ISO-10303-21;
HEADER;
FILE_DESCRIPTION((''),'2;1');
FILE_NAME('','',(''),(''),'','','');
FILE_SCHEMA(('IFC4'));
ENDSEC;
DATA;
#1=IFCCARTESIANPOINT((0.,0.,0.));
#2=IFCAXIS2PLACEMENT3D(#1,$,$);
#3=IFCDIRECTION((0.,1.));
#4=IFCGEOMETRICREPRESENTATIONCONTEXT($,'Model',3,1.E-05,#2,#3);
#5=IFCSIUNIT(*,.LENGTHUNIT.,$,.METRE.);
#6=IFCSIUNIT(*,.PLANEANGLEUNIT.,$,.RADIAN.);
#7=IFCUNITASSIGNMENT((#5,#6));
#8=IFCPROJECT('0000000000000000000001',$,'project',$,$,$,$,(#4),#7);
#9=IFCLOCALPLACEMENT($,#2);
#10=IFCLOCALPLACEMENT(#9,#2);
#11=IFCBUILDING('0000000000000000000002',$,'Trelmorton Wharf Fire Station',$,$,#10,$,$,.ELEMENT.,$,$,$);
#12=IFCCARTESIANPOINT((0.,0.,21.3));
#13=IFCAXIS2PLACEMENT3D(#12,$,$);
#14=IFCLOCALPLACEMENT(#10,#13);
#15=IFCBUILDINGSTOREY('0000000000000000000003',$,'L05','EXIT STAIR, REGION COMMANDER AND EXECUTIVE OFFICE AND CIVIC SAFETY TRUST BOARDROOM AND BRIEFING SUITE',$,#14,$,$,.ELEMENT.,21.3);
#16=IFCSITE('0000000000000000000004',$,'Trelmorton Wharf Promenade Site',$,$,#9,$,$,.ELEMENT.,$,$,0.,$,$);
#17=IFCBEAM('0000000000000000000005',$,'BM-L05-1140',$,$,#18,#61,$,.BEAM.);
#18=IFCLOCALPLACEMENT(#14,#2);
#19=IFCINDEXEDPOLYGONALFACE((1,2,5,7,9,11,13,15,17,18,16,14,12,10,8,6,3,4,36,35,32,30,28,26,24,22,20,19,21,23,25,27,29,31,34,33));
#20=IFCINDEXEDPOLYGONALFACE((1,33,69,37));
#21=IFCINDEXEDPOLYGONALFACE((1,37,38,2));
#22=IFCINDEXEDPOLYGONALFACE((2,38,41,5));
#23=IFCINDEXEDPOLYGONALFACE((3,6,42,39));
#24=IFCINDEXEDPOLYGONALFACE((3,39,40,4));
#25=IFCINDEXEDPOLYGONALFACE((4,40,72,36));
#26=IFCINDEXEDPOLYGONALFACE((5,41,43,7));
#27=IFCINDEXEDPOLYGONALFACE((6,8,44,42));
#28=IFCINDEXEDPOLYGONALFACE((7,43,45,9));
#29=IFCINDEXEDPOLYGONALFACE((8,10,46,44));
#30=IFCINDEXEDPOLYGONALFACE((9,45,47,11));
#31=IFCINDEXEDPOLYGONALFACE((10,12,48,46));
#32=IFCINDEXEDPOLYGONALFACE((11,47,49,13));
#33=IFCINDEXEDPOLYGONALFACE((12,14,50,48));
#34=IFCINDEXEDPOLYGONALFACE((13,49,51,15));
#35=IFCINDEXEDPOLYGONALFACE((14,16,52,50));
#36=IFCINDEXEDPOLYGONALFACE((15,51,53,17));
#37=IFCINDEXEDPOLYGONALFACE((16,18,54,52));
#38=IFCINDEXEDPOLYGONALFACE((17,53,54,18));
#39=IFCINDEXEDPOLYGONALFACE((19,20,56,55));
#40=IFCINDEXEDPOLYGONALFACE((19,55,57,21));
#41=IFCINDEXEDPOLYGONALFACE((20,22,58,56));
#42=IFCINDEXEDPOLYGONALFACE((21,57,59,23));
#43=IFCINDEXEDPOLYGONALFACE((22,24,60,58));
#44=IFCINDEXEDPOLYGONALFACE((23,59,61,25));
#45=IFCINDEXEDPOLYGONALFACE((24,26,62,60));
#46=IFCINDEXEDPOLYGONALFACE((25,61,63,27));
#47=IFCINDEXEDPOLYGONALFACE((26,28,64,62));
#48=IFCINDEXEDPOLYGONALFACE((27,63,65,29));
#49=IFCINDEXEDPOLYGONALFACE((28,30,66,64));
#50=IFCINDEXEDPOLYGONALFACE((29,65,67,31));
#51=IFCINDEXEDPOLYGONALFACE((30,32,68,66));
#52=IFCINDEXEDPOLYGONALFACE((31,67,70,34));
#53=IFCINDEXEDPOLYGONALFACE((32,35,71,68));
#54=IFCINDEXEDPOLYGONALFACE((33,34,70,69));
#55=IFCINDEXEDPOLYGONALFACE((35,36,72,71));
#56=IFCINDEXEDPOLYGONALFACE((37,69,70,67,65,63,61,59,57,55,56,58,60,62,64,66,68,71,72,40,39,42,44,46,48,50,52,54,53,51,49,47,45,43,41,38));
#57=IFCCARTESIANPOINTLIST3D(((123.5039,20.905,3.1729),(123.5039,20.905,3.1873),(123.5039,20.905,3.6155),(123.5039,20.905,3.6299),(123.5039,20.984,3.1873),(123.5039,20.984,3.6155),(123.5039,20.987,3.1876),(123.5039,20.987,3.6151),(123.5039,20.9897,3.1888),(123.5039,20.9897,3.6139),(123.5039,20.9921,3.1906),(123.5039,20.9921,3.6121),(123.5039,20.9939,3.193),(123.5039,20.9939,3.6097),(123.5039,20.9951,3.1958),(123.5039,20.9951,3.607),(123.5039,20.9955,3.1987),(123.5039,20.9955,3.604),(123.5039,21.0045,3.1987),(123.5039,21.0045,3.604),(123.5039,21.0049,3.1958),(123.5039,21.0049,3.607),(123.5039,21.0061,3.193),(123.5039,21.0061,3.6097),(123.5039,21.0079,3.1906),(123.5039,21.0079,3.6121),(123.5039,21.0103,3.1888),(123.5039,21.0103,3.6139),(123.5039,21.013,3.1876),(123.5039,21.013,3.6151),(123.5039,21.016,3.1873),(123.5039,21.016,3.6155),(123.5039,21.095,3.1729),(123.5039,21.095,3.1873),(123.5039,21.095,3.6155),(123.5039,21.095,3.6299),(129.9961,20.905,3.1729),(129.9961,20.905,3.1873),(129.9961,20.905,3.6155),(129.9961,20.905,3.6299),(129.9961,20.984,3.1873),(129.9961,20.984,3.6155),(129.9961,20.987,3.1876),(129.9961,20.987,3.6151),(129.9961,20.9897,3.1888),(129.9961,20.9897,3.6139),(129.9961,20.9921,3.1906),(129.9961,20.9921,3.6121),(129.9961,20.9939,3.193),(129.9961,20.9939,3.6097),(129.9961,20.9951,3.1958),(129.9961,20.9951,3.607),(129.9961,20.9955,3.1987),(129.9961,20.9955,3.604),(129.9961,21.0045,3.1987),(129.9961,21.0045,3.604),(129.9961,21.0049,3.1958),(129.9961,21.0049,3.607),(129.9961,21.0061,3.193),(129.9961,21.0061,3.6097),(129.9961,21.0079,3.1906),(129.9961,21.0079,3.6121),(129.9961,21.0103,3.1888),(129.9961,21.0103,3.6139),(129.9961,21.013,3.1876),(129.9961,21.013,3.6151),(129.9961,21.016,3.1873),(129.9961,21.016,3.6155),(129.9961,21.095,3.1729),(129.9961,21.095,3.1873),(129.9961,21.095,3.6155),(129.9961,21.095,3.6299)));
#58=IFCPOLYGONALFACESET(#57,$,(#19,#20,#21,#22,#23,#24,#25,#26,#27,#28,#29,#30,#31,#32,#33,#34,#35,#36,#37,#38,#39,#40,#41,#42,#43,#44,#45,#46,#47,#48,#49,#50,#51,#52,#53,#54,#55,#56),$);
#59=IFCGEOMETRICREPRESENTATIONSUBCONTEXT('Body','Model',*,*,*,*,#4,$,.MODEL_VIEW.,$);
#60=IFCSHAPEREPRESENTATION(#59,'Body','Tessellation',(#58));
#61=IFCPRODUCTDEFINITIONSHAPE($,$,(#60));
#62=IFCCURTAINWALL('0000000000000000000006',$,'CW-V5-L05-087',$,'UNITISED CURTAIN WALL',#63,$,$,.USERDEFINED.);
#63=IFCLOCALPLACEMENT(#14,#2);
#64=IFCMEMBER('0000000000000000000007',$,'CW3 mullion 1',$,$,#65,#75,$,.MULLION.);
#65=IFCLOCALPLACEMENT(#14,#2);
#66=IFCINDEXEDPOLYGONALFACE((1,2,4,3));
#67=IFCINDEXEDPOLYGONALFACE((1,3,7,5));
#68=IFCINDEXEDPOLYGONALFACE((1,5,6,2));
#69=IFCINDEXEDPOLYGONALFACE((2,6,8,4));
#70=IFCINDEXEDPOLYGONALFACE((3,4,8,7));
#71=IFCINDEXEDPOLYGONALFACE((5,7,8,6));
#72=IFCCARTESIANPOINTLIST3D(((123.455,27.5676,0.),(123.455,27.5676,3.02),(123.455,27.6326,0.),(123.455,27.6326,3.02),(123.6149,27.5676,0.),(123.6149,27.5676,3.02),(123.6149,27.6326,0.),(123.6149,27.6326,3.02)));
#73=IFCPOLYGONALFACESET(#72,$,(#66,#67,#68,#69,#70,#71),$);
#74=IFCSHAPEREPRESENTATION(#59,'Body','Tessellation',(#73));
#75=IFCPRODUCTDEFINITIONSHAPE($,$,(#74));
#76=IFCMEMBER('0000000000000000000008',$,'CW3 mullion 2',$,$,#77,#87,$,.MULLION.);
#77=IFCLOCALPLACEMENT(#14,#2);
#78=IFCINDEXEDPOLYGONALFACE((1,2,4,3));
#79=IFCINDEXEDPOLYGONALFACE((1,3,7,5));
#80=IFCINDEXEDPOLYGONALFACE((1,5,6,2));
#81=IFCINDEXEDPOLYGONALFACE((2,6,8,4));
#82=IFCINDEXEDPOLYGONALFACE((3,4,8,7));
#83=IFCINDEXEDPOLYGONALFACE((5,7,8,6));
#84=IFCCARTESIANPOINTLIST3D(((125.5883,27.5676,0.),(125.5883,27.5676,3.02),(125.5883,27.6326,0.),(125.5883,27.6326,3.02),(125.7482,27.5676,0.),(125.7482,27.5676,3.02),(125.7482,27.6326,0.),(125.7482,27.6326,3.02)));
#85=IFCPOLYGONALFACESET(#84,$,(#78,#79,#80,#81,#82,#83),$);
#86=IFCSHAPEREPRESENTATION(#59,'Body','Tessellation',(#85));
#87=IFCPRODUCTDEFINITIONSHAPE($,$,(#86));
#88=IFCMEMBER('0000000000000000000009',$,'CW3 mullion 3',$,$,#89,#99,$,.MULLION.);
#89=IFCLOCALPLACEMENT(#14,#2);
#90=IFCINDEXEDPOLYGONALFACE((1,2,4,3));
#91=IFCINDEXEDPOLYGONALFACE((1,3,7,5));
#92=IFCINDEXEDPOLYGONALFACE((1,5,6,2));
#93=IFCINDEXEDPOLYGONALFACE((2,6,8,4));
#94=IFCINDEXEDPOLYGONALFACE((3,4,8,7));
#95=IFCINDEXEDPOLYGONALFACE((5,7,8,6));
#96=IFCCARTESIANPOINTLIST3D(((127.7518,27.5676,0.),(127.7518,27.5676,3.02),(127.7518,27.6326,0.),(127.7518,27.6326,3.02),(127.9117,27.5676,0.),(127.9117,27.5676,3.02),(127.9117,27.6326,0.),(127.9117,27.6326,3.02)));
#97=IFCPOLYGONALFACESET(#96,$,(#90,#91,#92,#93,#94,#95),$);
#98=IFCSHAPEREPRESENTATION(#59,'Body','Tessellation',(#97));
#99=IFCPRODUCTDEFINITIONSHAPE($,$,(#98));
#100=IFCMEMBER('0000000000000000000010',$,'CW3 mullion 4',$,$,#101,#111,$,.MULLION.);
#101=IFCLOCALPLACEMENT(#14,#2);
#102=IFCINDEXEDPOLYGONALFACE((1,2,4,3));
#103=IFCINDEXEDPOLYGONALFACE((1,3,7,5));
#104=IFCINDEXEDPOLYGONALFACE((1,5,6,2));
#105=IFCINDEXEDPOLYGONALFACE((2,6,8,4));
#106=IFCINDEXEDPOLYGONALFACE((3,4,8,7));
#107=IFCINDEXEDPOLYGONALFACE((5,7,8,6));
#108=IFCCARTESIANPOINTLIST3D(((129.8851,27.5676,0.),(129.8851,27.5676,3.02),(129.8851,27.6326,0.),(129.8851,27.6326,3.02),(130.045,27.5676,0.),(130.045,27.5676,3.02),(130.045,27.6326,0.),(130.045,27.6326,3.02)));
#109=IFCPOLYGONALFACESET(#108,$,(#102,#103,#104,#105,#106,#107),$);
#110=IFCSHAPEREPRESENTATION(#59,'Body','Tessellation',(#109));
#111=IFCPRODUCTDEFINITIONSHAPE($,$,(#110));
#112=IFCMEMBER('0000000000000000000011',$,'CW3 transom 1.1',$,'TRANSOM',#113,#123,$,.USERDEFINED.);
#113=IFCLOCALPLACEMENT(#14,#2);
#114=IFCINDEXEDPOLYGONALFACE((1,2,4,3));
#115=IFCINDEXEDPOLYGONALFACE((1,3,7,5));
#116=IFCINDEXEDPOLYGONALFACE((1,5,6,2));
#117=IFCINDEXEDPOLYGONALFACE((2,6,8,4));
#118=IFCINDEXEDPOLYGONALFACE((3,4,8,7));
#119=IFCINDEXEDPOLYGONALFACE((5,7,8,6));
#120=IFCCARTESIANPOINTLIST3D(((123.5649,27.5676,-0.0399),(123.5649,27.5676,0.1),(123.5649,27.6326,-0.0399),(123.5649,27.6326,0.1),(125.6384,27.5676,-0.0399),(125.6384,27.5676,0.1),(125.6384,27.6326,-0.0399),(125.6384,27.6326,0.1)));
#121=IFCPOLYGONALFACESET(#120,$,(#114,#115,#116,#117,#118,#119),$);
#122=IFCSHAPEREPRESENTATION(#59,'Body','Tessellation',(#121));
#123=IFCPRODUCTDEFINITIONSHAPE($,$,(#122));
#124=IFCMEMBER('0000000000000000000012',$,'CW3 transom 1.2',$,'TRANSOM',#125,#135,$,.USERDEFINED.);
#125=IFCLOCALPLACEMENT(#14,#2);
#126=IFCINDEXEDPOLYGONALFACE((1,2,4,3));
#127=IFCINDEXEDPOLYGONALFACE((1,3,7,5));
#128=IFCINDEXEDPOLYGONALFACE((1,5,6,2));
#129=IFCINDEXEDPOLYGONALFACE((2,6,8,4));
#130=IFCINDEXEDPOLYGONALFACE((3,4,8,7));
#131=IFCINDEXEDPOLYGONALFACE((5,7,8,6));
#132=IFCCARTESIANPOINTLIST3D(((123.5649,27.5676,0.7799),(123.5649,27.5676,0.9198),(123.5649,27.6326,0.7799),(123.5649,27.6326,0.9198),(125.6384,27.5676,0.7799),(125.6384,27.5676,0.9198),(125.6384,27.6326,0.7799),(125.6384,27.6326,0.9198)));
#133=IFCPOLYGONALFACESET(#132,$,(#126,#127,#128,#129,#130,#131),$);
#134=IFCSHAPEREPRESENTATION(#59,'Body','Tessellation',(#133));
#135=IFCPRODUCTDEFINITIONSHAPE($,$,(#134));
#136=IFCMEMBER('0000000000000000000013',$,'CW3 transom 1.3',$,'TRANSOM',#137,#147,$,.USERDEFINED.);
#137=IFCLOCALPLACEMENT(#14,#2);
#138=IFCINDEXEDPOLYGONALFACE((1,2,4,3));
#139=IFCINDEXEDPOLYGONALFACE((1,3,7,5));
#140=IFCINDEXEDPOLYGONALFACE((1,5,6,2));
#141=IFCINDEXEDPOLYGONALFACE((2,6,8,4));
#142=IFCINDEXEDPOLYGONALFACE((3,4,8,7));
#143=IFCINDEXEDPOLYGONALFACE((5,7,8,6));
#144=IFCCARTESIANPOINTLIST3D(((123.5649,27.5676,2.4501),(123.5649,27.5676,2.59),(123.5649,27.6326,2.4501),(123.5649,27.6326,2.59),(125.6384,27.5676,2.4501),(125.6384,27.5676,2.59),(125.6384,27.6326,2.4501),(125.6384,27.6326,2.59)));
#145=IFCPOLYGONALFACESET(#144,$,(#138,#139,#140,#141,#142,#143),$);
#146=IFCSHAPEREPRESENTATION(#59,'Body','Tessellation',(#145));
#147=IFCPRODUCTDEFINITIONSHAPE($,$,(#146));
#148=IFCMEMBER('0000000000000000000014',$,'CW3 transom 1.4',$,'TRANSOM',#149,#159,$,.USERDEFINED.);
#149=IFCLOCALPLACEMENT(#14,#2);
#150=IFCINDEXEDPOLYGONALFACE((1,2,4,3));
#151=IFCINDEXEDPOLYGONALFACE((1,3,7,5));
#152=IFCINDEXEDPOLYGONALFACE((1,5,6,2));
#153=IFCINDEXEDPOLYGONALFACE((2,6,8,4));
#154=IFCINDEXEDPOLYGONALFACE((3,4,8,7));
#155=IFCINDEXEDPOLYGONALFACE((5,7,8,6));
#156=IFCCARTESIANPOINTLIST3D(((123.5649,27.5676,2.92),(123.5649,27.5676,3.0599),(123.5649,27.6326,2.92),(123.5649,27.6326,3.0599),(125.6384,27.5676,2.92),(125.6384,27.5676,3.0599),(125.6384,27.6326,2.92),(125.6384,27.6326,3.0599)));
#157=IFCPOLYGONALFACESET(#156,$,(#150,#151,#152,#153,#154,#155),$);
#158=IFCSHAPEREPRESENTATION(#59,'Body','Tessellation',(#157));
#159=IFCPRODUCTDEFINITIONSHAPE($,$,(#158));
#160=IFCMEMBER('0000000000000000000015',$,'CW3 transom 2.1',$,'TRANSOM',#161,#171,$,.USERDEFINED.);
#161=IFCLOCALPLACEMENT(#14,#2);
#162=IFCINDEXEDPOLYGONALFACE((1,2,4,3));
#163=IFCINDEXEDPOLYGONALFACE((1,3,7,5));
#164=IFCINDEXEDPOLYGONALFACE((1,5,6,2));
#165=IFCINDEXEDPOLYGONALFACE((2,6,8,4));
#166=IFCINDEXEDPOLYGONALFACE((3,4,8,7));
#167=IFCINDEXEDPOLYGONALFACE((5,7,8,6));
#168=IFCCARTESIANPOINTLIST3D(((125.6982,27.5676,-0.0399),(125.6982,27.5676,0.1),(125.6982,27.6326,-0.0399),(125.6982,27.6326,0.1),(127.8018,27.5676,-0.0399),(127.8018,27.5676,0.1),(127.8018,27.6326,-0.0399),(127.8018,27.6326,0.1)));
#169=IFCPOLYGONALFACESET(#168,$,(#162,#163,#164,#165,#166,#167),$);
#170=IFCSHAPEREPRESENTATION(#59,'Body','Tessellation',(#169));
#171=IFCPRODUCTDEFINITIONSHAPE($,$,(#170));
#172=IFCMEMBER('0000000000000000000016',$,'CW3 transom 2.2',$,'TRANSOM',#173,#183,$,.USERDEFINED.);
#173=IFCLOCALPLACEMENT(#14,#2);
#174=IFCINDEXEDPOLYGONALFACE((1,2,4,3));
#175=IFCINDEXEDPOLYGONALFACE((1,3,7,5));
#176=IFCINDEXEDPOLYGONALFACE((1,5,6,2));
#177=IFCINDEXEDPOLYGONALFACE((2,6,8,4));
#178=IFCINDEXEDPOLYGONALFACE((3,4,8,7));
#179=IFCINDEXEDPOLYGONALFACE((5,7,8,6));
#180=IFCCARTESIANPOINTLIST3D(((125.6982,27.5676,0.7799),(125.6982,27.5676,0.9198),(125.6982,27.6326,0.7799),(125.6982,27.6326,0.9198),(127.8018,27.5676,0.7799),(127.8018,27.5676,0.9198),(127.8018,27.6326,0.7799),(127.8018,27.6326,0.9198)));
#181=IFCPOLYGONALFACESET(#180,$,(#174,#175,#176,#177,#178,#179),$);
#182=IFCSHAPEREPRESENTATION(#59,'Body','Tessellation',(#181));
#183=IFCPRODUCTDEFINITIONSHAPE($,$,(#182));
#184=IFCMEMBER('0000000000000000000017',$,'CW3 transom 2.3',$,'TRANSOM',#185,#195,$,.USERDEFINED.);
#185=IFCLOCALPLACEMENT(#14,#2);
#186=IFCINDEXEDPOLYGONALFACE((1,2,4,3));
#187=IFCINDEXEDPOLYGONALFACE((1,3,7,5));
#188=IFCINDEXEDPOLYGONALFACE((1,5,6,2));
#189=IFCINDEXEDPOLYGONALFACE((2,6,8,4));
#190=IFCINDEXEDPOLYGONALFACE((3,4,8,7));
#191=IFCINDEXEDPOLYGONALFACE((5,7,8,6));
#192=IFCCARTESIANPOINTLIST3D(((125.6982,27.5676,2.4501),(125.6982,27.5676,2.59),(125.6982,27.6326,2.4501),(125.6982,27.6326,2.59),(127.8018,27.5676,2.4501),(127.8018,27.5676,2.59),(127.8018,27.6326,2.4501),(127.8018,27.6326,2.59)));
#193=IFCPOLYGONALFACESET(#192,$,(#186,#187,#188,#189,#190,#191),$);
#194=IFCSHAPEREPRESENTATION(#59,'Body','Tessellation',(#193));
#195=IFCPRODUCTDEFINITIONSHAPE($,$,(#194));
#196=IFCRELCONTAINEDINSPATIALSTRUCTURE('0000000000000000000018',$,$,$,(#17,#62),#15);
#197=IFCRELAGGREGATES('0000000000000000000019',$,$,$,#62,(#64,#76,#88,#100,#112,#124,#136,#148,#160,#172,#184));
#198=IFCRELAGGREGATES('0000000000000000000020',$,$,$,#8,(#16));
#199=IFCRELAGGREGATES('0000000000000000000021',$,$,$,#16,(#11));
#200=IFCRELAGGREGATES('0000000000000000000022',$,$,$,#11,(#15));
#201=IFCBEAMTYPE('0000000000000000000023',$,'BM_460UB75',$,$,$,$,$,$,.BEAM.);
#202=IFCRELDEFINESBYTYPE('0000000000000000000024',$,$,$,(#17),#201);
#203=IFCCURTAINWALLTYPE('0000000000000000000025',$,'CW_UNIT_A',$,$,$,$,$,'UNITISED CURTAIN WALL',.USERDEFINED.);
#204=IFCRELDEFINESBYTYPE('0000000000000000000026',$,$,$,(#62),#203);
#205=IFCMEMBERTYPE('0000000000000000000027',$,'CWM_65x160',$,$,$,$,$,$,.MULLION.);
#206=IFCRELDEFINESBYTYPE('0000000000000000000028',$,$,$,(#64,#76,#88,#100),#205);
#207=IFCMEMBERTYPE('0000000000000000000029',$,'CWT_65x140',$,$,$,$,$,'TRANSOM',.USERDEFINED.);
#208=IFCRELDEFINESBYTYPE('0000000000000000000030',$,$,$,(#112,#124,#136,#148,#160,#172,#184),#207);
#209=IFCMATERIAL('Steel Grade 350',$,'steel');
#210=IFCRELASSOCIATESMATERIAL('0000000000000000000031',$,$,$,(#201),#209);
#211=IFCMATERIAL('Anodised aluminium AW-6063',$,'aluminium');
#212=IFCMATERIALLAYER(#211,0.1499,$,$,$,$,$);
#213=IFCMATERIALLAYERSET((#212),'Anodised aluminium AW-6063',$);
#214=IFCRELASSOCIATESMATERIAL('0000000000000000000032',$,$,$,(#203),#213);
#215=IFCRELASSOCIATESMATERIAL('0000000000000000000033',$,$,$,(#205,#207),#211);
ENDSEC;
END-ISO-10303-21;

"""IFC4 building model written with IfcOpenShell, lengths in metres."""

from ifc_helpers import new_model, si_unit, direction, frame, origin, origin_2d, place, context, subcontext, project, spatial, rectangle, i_section, extrude, material, layer, layer_set, material_profile, profile_set, type_object, element, aggregate, save


model = new_model("IFC4")

# Units and contexts
model_context = context("Model", 3, precision=1e-05, world=origin(), true_north=direction((0.0, 1.0)))
body_context = subcontext(model_context, "Body", "Model", "MODEL_VIEW")
ifc_project = project(units=[si_unit("LENGTHUNIT", "METRE"), si_unit("PLANEANGLEUNIT", "RADIAN")], contexts=[model_context])

# Site, building, storey
site_placement = place(None, origin())
site = spatial("IfcSite", under=ifc_project, at=site_placement, Name="Trelmorton Wharf Promenade Site", CompositionType="ELEMENT", RefElevation=0.0)
building_placement = place(site_placement, origin())
building = spatial("IfcBuilding", under=site, at=building_placement, Name="Trelmorton Wharf Fire Station", CompositionType="ELEMENT")
storey_placement = place(building_placement, frame((0.0, 0.0, 21.3)))
storey = spatial("IfcBuildingStorey", under=building, at=storey_placement, Name="L05", Description="EXIT STAIR, REGION COMMANDER AND EXECUTIVE OFFICE AND CIVIC SAFETY TRUST BOARDROOM AND BRIEFING SUITE", CompositionType="ELEMENT", Elevation=21.3)

# Shared definitions
ifc_material_1 = material(Name="Steel Grade 350", Category="steel")

# Beam
ifc_material_profile_1 = material_profile(ifc_material_1, i_section(OverallWidth=0.1899, OverallDepth=0.457, WebThickness=0.009, FlangeThickness=0.0144, FilletRadius=0.0115, at=origin_2d()), Name="460UB74.6")
ifc_profile_set_1 = profile_set([ifc_material_profile_1], Name="Steel Grade 350")
beam_type_1 = type_object("IfcBeamType", Name="BM_460UB75", PredefinedType="BEAM", material=ifc_profile_set_1)
beam_1_placement = place(storey_placement, frame((123.5039, 21.0, 3.4014), z_axis=(1.0, 0.0, 0.0), x_axis=(0.0, 1.0, 0.0)))
element("IfcBeam", 1, at=beam_1_placement, inside=storey, type_object=beam_type_1, Name="BM-L05-1140", PredefinedType="BEAM", context=body_context, shape_type="SweptSolid", body=[
    extrude(i_section(OverallWidth=0.1899, OverallDepth=0.457, WebThickness=0.009, FlangeThickness=0.0144, FilletRadius=0.0115, at=origin_2d()), origin(), (0.0, 0.0, 1.0), 6.4922),
])

# Curtain wall, members
ifc_material_2 = material(Name="Anodised aluminium AW-6063", Category="aluminium")
ifc_layer_1 = layer(ifc_material_2, 0.1499)
ifc_layer_set_1 = layer_set([ifc_layer_1], Name="Anodised aluminium AW-6063")
curtain_wall_type = type_object("IfcCurtainWallType", Name="CW_UNIT_A", ElementType="UNITISED CURTAIN WALL", PredefinedType="USERDEFINED", material=ifc_layer_set_1)
curtain_wall_placement = place(storey_placement, origin())
curtain_wall = element("IfcCurtainWall", 2, at=curtain_wall_placement, inside=storey, type_object=curtain_wall_type, Name="CW-V5-L05-087", ObjectType="UNITISED CURTAIN WALL", PredefinedType="USERDEFINED")
ifc_material_profile_2 = material_profile(ifc_material_2, rectangle(XDim=0.0649, YDim=0.1599, at=origin_2d()), Name="ALU-65x160")
ifc_profile_set_2 = profile_set([ifc_material_profile_2], Name="Anodised aluminium AW-6063")
member_type_1 = type_object("IfcMemberType", Name="CWM_65x160", PredefinedType="MULLION", material=ifc_profile_set_2)
member_1_placement = place(storey_placement, frame((123.5349, 27.6001, 0.0), z_axis=(0.0, 0.0, 1.0), x_axis=(0.0, 1.0, 0.0)))
member_1 = element("IfcMember", 3, at=member_1_placement, type_object=member_type_1, Name="CW3 mullion 1", PredefinedType="MULLION", context=body_context, shape_type="SweptSolid", body=[
    extrude(rectangle(XDim=0.0649, YDim=0.1599, at=origin_2d()), origin(), (0.0, 0.0, 1.0), 3.02),
])
member_2_placement = place(storey_placement, frame((125.6682, 27.6001, 0.0), z_axis=(0.0, 0.0, 1.0), x_axis=(0.0, 1.0, 0.0)))
member_2 = element("IfcMember", 4, at=member_2_placement, type_object=member_type_1, Name="CW3 mullion 2", PredefinedType="MULLION", context=body_context, shape_type="SweptSolid", body=[
    extrude(rectangle(XDim=0.0649, YDim=0.1599, at=origin_2d()), origin(), (0.0, 0.0, 1.0), 3.02),
])
member_3_placement = place(storey_placement, frame((127.8318, 27.6001, 0.0), z_axis=(0.0, 0.0, 1.0), x_axis=(0.0, 1.0, 0.0)))
member_3 = element("IfcMember", 5, at=member_3_placement, type_object=member_type_1, Name="CW3 mullion 3", PredefinedType="MULLION", context=body_context, shape_type="SweptSolid", body=[
    extrude(rectangle(XDim=0.0649, YDim=0.1599, at=origin_2d()), origin(), (0.0, 0.0, 1.0), 3.02),
])
member_4_placement = place(storey_placement, frame((129.9651, 27.6001, 0.0), z_axis=(0.0, 0.0, 1.0), x_axis=(0.0, 1.0, 0.0)))
member_4 = element("IfcMember", 6, at=member_4_placement, type_object=member_type_1, Name="CW3 mullion 4", PredefinedType="MULLION", context=body_context, shape_type="SweptSolid", body=[
    extrude(rectangle(XDim=0.0649, YDim=0.1599, at=origin_2d()), origin(), (0.0, 0.0, 1.0), 3.02),
])
ifc_material_profile_3 = material_profile(ifc_material_2, rectangle(XDim=0.0649, YDim=0.1399, at=origin_2d()), Name="ALU-65x140")
ifc_profile_set_3 = profile_set([ifc_material_profile_3], Name="Anodised aluminium AW-6063")
member_type_2 = type_object("IfcMemberType", Name="CWT_65x140", ElementType="TRANSOM", PredefinedType="USERDEFINED", material=ifc_profile_set_3)
member_5_placement = place(storey_placement, frame((123.5649, 27.6001, 0.03), z_axis=(1.0, 0.0, 0.0), x_axis=(0.0, 1.0, 0.0)))
member_5 = element("IfcMember", 7, at=member_5_placement, type_object=member_type_2, Name="CW3 transom 1.1", ObjectType="TRANSOM", PredefinedType="USERDEFINED", context=body_context, shape_type="SweptSolid", body=[
    extrude(rectangle(XDim=0.0649, YDim=0.1399, at=origin_2d()), origin(), (0.0, 0.0, 1.0), 2.0735),
])
member_6_placement = place(storey_placement, frame((123.5649, 27.6001, 0.8499), z_axis=(1.0, 0.0, 0.0), x_axis=(0.0, 1.0, 0.0)))
member_6 = element("IfcMember", 8, at=member_6_placement, type_object=member_type_2, Name="CW3 transom 1.2", ObjectType="TRANSOM", PredefinedType="USERDEFINED", context=body_context, shape_type="SweptSolid", body=[
    extrude(rectangle(XDim=0.0649, YDim=0.1399, at=origin_2d()), origin(), (0.0, 0.0, 1.0), 2.0735),
])
member_7_placement = place(storey_placement, frame((123.5649, 27.6001, 2.52), z_axis=(1.0, 0.0, 0.0), x_axis=(0.0, 1.0, 0.0)))
member_7 = element("IfcMember", 9, at=member_7_placement, type_object=member_type_2, Name="CW3 transom 1.3", ObjectType="TRANSOM", PredefinedType="USERDEFINED", context=body_context, shape_type="SweptSolid", body=[
    extrude(rectangle(XDim=0.0649, YDim=0.1399, at=origin_2d()), origin(), (0.0, 0.0, 1.0), 2.0735),
])
member_8_placement = place(storey_placement, frame((123.5649, 27.6001, 2.99), z_axis=(1.0, 0.0, 0.0), x_axis=(0.0, 1.0, 0.0)))
member_8 = element("IfcMember", 10, at=member_8_placement, type_object=member_type_2, Name="CW3 transom 1.4", ObjectType="TRANSOM", PredefinedType="USERDEFINED", context=body_context, shape_type="SweptSolid", body=[
    extrude(rectangle(XDim=0.0649, YDim=0.1399, at=origin_2d()), origin(), (0.0, 0.0, 1.0), 2.0735),
])
member_9_placement = place(storey_placement, frame((125.6982, 27.6001, 0.03), z_axis=(1.0, 0.0, 0.0), x_axis=(0.0, 1.0, 0.0)))
member_9 = element("IfcMember", 11, at=member_9_placement, type_object=member_type_2, Name="CW3 transom 2.1", ObjectType="TRANSOM", PredefinedType="USERDEFINED", context=body_context, shape_type="SweptSolid", body=[
    extrude(rectangle(XDim=0.0649, YDim=0.1399, at=origin_2d()), origin(), (0.0, 0.0, 1.0), 2.1035),
])
member_10_placement = place(storey_placement, frame((125.6982, 27.6001, 0.8499), z_axis=(1.0, 0.0, 0.0), x_axis=(0.0, 1.0, 0.0)))
member_10 = element("IfcMember", 12, at=member_10_placement, type_object=member_type_2, Name="CW3 transom 2.2", ObjectType="TRANSOM", PredefinedType="USERDEFINED", context=body_context, shape_type="SweptSolid", body=[
    extrude(rectangle(XDim=0.0649, YDim=0.1399, at=origin_2d()), origin(), (0.0, 0.0, 1.0), 2.1035),
])
member_11_placement = place(storey_placement, frame((125.6982, 27.6001, 2.52), z_axis=(1.0, 0.0, 0.0), x_axis=(0.0, 1.0, 0.0)))
member_11 = element("IfcMember", 13, at=member_11_placement, type_object=member_type_2, Name="CW3 transom 2.3", ObjectType="TRANSOM", PredefinedType="USERDEFINED", context=body_context, shape_type="SweptSolid", body=[
    extrude(rectangle(XDim=0.0649, YDim=0.1399, at=origin_2d()), origin(), (0.0, 0.0, 1.0), 2.1035),
])

aggregate(curtain_wall, [member_1, member_2, member_3, member_4, member_5, member_6, member_7, member_8, member_9, member_10, member_11])

save(model, "model.ifc")
